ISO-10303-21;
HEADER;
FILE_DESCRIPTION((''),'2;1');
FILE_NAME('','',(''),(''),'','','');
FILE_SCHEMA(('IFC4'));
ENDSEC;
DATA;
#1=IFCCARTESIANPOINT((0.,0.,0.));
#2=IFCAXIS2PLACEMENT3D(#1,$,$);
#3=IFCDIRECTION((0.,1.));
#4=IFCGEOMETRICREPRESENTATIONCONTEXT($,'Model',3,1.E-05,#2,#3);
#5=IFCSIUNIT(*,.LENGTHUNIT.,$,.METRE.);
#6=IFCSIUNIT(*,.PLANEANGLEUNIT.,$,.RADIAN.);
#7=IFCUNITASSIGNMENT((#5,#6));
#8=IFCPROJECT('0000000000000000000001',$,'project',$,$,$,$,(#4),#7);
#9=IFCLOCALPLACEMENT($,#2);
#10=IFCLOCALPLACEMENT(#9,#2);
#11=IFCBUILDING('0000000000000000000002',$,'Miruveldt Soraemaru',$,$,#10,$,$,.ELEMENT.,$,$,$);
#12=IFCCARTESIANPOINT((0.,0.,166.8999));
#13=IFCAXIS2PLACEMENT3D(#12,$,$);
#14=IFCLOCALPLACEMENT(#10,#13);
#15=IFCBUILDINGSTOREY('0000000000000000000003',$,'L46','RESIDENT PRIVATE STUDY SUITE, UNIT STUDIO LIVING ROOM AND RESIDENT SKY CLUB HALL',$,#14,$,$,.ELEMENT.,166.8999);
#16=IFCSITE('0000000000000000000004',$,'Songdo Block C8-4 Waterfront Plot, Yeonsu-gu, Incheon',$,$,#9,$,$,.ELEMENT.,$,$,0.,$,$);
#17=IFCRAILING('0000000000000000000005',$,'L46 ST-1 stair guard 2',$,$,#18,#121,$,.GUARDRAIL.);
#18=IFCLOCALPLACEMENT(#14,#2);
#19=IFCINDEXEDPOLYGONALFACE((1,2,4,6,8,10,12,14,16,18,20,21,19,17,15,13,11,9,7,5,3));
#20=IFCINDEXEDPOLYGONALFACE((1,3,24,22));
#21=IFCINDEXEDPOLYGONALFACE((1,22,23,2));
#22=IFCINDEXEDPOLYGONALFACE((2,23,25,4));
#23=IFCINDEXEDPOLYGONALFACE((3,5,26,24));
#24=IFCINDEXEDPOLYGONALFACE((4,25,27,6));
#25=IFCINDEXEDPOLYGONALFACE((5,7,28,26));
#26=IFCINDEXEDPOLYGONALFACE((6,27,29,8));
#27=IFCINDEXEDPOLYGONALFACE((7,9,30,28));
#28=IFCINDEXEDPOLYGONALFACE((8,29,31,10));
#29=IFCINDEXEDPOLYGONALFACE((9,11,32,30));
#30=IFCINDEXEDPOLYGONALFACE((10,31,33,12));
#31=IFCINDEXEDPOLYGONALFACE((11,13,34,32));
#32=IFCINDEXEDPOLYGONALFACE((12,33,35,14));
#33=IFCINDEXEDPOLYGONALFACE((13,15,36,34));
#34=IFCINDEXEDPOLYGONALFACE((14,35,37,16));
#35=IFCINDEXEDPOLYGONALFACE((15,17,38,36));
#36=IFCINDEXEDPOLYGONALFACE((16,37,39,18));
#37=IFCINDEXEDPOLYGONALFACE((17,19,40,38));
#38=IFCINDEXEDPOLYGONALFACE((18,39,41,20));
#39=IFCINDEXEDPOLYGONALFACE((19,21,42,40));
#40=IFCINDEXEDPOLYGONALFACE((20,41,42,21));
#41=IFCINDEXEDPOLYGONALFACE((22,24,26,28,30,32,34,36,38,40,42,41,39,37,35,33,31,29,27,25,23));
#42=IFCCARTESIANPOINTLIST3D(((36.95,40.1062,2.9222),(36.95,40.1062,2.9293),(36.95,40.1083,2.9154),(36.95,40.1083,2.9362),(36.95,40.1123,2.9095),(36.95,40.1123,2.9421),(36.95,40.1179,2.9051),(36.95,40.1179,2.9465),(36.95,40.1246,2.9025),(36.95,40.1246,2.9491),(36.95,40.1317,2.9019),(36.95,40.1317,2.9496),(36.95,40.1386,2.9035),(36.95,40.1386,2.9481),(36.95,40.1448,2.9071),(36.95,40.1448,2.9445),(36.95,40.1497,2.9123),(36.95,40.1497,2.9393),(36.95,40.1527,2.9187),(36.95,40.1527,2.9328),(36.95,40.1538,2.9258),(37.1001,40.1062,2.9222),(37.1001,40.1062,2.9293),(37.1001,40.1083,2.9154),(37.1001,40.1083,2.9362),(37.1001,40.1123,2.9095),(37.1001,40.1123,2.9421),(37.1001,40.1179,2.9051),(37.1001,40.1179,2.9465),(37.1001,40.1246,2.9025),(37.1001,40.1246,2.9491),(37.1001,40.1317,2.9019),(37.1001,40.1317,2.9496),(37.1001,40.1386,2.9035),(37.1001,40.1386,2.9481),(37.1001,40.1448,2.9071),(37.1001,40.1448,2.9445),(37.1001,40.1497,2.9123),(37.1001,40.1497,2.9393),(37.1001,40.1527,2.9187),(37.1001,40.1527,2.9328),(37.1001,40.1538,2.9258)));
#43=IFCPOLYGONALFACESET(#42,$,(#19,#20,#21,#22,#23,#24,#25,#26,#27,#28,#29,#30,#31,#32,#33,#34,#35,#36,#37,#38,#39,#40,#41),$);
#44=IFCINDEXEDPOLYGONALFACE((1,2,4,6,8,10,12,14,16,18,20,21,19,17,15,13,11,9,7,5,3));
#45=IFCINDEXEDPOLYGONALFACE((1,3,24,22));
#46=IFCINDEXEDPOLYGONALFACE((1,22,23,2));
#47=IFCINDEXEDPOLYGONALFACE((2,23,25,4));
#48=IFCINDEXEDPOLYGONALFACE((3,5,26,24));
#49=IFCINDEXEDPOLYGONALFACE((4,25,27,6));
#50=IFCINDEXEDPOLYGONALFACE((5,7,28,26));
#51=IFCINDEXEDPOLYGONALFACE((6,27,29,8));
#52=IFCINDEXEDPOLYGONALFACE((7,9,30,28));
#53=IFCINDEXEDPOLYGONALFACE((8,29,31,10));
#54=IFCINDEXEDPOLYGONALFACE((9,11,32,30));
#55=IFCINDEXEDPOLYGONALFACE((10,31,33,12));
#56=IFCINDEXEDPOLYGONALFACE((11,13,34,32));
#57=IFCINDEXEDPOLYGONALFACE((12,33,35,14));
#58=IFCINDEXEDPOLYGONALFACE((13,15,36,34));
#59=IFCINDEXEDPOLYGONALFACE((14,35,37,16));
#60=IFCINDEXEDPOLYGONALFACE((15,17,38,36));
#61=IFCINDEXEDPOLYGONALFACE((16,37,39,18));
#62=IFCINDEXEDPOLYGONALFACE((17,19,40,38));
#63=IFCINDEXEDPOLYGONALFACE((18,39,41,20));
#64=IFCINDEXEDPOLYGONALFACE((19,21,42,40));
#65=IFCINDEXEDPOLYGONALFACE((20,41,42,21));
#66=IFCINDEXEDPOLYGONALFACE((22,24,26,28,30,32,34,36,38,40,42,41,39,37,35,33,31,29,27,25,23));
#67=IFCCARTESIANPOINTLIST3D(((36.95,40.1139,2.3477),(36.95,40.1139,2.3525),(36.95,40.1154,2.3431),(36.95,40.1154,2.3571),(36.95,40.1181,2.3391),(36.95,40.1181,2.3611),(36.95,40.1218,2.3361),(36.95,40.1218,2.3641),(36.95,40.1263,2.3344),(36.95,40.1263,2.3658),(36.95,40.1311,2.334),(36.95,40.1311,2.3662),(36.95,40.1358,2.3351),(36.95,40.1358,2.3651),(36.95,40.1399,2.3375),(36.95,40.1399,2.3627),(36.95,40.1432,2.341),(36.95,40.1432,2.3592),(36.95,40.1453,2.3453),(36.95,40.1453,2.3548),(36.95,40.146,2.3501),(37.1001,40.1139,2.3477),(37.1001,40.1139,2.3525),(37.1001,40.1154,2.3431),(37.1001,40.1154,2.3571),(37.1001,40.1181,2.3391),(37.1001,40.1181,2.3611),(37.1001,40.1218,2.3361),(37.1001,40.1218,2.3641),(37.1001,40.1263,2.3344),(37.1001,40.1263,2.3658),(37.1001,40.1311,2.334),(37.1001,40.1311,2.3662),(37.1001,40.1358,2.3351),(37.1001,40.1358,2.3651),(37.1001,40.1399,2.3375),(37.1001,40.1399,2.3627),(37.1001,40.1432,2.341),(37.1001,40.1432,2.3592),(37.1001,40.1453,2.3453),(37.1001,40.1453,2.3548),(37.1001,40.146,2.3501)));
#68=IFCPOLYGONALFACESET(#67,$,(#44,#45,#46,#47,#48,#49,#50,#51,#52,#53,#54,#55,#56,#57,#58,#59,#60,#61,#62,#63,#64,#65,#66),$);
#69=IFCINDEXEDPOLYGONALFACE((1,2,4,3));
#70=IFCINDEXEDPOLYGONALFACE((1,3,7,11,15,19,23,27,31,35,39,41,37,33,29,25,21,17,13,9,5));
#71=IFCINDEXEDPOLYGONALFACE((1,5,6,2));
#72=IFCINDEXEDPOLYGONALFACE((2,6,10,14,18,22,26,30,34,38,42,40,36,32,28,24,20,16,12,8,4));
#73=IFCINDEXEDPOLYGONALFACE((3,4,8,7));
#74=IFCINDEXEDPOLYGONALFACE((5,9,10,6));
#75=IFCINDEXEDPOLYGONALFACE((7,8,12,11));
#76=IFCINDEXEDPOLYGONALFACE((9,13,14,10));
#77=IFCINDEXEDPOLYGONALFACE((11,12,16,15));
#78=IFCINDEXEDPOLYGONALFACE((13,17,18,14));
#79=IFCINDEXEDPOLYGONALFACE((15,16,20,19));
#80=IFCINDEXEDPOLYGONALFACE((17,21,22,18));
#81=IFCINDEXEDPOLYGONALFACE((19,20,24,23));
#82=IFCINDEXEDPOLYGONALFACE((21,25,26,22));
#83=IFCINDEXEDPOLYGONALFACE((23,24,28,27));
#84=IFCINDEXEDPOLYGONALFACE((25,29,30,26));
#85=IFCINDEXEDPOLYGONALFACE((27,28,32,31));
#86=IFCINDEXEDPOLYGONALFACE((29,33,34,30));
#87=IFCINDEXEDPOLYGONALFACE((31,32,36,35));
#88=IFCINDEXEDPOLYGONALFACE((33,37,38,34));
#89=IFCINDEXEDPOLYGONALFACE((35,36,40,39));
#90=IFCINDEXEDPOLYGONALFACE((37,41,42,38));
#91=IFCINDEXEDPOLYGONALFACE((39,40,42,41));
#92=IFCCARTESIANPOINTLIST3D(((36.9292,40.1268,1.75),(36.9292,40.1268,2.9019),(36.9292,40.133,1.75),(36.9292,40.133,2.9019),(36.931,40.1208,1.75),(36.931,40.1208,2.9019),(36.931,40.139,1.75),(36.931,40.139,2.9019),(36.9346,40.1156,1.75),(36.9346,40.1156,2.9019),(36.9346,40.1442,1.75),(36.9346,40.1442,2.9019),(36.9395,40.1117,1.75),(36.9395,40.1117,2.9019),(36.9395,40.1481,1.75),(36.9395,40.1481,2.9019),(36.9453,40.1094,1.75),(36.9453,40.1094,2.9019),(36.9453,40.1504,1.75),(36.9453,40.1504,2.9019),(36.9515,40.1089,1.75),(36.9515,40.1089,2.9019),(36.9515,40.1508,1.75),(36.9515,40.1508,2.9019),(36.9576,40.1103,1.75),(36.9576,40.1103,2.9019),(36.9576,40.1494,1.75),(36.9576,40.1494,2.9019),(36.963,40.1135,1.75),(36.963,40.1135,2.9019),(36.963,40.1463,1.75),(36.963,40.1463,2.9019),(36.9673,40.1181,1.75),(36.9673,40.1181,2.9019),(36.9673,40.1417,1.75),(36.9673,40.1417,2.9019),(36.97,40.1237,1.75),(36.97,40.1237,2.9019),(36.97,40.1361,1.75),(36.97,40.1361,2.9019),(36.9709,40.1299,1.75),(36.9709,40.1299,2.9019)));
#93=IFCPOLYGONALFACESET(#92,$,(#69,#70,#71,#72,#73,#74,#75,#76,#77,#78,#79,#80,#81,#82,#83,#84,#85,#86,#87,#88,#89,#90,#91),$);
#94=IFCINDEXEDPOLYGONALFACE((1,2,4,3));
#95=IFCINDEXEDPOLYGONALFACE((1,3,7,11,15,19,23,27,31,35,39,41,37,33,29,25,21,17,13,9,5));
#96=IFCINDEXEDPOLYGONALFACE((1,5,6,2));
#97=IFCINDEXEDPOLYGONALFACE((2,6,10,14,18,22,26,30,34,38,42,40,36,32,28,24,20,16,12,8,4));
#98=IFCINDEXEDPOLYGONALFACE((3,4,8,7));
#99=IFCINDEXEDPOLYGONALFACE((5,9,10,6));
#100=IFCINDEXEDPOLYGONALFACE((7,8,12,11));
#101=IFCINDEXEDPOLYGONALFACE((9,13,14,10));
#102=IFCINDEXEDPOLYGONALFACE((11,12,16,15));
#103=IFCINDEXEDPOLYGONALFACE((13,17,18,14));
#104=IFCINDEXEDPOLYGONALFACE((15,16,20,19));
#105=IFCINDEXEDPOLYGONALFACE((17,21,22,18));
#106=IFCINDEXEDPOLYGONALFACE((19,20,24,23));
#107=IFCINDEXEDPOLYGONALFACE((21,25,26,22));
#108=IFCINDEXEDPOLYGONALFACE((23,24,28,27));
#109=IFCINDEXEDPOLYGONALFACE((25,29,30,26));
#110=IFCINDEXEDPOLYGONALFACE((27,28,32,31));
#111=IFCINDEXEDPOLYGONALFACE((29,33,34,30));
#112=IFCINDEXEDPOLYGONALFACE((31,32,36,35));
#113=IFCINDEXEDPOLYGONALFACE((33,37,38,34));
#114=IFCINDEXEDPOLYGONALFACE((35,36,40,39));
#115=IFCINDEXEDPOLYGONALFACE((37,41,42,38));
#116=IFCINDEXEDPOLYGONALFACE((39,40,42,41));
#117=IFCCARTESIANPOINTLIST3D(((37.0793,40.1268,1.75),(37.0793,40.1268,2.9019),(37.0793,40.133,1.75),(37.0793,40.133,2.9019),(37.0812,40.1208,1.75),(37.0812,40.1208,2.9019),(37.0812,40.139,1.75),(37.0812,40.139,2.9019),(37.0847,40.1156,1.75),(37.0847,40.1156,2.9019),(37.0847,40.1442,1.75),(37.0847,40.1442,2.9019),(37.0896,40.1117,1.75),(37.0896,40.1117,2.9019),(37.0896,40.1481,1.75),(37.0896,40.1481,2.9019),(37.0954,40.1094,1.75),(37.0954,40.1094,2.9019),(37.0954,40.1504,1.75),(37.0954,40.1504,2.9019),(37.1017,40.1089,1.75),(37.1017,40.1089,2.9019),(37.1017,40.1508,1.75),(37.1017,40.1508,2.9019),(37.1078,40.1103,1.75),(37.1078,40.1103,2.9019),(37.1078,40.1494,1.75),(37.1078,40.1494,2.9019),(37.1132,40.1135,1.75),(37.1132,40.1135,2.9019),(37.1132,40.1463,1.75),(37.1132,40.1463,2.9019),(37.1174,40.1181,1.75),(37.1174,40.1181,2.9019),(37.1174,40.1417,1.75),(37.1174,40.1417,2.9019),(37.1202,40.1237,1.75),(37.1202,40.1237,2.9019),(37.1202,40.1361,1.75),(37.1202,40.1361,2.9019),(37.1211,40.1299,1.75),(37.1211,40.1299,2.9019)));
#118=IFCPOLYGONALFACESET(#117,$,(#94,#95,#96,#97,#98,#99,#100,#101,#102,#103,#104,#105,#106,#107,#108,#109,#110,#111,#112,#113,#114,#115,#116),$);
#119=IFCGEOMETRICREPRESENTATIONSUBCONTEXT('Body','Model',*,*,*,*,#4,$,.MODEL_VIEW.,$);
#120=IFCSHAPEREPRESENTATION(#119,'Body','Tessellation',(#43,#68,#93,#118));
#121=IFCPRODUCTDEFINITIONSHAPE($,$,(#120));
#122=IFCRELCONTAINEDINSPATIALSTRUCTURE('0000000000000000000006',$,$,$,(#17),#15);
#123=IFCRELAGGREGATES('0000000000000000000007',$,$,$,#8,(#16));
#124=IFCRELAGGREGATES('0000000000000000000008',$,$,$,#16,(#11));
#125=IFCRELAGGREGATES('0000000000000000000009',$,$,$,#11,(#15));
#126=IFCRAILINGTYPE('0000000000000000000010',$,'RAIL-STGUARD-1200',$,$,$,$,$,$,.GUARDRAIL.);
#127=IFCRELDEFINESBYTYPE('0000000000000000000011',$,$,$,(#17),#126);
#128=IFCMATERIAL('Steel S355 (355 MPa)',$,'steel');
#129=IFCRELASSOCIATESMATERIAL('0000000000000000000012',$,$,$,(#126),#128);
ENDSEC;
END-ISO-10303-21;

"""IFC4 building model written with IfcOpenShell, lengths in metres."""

from ifc_helpers import new_model, si_unit, direction, frame, origin, origin_2d, place, context, subcontext, project, spatial, circle, extrude, material, type_object, element, save


model = new_model("IFC4")

# Units and contexts
model_context = context("Model", 3, precision=1e-05, world=origin(), true_north=direction((0.0, 1.0)))
body_context = subcontext(model_context, "Body", "Model", "MODEL_VIEW")
ifc_project = project(units=[si_unit("LENGTHUNIT", "METRE"), si_unit("PLANEANGLEUNIT", "RADIAN")], contexts=[model_context])

# Site, building, storey
site_placement = place(None, origin())
site = spatial("IfcSite", under=ifc_project, at=site_placement, Name="Songdo Block C8-4 Waterfront Plot, Yeonsu-gu, Incheon", CompositionType="ELEMENT", RefElevation=0.0)
building_placement = place(site_placement, origin())
building = spatial("IfcBuilding", under=site, at=building_placement, Name="Miruveldt Soraemaru", CompositionType="ELEMENT")
storey_placement = place(building_placement, frame((0.0, 0.0, 166.8999)))
storey = spatial("IfcBuildingStorey", under=building, at=storey_placement, Name="L46", Description="RESIDENT PRIVATE STUDY SUITE, UNIT STUDIO LIVING ROOM AND RESIDENT SKY CLUB HALL", CompositionType="ELEMENT", Elevation=166.8999)

# Railing
ifc_material_1 = material(Name="Steel S355 (355 MPa)", Category="steel")
railing_type_1 = type_object("IfcRailingType", Name="RAIL-STGUARD-1200", PredefinedType="GUARDRAIL", material=ifc_material_1)
railing_1_placement = place(storey_placement, frame((36.95, 40.1299, 1.75)))
element("IfcRailing", 1, at=railing_1_placement, inside=storey, type_object=railing_type_1, Name="L46 ST-1 stair guard 2", PredefinedType="GUARDRAIL", context=body_context, shape_type="SweptSolid", body=[
    extrude(circle(Radius=0.0239, at=origin_2d()), frame((0.0, 0.0, 1.1758), z_axis=(1.0, 0.0, 0.0), x_axis=(0.0, 1.0, 0.0)), (0.0, 0.0, 1.0), 0.1501),
    extrude(circle(Radius=0.0161, at=origin_2d()), frame((0.0, 0.0, 0.6001), z_axis=(1.0, 0.0, 0.0), x_axis=(0.0, 1.0, 0.0)), (0.0, 0.0, 1.0), 0.1501),
    extrude(circle(Radius=0.021, at=origin_2d()), origin(), (0.0, 0.0, 1.0), 1.1519),
    extrude(circle(Radius=0.021, at=origin_2d()), frame((0.1501, 0.0, 0.0)), (0.0, 0.0, 1.0), 1.1519),
])

save(model, "model.ifc")
